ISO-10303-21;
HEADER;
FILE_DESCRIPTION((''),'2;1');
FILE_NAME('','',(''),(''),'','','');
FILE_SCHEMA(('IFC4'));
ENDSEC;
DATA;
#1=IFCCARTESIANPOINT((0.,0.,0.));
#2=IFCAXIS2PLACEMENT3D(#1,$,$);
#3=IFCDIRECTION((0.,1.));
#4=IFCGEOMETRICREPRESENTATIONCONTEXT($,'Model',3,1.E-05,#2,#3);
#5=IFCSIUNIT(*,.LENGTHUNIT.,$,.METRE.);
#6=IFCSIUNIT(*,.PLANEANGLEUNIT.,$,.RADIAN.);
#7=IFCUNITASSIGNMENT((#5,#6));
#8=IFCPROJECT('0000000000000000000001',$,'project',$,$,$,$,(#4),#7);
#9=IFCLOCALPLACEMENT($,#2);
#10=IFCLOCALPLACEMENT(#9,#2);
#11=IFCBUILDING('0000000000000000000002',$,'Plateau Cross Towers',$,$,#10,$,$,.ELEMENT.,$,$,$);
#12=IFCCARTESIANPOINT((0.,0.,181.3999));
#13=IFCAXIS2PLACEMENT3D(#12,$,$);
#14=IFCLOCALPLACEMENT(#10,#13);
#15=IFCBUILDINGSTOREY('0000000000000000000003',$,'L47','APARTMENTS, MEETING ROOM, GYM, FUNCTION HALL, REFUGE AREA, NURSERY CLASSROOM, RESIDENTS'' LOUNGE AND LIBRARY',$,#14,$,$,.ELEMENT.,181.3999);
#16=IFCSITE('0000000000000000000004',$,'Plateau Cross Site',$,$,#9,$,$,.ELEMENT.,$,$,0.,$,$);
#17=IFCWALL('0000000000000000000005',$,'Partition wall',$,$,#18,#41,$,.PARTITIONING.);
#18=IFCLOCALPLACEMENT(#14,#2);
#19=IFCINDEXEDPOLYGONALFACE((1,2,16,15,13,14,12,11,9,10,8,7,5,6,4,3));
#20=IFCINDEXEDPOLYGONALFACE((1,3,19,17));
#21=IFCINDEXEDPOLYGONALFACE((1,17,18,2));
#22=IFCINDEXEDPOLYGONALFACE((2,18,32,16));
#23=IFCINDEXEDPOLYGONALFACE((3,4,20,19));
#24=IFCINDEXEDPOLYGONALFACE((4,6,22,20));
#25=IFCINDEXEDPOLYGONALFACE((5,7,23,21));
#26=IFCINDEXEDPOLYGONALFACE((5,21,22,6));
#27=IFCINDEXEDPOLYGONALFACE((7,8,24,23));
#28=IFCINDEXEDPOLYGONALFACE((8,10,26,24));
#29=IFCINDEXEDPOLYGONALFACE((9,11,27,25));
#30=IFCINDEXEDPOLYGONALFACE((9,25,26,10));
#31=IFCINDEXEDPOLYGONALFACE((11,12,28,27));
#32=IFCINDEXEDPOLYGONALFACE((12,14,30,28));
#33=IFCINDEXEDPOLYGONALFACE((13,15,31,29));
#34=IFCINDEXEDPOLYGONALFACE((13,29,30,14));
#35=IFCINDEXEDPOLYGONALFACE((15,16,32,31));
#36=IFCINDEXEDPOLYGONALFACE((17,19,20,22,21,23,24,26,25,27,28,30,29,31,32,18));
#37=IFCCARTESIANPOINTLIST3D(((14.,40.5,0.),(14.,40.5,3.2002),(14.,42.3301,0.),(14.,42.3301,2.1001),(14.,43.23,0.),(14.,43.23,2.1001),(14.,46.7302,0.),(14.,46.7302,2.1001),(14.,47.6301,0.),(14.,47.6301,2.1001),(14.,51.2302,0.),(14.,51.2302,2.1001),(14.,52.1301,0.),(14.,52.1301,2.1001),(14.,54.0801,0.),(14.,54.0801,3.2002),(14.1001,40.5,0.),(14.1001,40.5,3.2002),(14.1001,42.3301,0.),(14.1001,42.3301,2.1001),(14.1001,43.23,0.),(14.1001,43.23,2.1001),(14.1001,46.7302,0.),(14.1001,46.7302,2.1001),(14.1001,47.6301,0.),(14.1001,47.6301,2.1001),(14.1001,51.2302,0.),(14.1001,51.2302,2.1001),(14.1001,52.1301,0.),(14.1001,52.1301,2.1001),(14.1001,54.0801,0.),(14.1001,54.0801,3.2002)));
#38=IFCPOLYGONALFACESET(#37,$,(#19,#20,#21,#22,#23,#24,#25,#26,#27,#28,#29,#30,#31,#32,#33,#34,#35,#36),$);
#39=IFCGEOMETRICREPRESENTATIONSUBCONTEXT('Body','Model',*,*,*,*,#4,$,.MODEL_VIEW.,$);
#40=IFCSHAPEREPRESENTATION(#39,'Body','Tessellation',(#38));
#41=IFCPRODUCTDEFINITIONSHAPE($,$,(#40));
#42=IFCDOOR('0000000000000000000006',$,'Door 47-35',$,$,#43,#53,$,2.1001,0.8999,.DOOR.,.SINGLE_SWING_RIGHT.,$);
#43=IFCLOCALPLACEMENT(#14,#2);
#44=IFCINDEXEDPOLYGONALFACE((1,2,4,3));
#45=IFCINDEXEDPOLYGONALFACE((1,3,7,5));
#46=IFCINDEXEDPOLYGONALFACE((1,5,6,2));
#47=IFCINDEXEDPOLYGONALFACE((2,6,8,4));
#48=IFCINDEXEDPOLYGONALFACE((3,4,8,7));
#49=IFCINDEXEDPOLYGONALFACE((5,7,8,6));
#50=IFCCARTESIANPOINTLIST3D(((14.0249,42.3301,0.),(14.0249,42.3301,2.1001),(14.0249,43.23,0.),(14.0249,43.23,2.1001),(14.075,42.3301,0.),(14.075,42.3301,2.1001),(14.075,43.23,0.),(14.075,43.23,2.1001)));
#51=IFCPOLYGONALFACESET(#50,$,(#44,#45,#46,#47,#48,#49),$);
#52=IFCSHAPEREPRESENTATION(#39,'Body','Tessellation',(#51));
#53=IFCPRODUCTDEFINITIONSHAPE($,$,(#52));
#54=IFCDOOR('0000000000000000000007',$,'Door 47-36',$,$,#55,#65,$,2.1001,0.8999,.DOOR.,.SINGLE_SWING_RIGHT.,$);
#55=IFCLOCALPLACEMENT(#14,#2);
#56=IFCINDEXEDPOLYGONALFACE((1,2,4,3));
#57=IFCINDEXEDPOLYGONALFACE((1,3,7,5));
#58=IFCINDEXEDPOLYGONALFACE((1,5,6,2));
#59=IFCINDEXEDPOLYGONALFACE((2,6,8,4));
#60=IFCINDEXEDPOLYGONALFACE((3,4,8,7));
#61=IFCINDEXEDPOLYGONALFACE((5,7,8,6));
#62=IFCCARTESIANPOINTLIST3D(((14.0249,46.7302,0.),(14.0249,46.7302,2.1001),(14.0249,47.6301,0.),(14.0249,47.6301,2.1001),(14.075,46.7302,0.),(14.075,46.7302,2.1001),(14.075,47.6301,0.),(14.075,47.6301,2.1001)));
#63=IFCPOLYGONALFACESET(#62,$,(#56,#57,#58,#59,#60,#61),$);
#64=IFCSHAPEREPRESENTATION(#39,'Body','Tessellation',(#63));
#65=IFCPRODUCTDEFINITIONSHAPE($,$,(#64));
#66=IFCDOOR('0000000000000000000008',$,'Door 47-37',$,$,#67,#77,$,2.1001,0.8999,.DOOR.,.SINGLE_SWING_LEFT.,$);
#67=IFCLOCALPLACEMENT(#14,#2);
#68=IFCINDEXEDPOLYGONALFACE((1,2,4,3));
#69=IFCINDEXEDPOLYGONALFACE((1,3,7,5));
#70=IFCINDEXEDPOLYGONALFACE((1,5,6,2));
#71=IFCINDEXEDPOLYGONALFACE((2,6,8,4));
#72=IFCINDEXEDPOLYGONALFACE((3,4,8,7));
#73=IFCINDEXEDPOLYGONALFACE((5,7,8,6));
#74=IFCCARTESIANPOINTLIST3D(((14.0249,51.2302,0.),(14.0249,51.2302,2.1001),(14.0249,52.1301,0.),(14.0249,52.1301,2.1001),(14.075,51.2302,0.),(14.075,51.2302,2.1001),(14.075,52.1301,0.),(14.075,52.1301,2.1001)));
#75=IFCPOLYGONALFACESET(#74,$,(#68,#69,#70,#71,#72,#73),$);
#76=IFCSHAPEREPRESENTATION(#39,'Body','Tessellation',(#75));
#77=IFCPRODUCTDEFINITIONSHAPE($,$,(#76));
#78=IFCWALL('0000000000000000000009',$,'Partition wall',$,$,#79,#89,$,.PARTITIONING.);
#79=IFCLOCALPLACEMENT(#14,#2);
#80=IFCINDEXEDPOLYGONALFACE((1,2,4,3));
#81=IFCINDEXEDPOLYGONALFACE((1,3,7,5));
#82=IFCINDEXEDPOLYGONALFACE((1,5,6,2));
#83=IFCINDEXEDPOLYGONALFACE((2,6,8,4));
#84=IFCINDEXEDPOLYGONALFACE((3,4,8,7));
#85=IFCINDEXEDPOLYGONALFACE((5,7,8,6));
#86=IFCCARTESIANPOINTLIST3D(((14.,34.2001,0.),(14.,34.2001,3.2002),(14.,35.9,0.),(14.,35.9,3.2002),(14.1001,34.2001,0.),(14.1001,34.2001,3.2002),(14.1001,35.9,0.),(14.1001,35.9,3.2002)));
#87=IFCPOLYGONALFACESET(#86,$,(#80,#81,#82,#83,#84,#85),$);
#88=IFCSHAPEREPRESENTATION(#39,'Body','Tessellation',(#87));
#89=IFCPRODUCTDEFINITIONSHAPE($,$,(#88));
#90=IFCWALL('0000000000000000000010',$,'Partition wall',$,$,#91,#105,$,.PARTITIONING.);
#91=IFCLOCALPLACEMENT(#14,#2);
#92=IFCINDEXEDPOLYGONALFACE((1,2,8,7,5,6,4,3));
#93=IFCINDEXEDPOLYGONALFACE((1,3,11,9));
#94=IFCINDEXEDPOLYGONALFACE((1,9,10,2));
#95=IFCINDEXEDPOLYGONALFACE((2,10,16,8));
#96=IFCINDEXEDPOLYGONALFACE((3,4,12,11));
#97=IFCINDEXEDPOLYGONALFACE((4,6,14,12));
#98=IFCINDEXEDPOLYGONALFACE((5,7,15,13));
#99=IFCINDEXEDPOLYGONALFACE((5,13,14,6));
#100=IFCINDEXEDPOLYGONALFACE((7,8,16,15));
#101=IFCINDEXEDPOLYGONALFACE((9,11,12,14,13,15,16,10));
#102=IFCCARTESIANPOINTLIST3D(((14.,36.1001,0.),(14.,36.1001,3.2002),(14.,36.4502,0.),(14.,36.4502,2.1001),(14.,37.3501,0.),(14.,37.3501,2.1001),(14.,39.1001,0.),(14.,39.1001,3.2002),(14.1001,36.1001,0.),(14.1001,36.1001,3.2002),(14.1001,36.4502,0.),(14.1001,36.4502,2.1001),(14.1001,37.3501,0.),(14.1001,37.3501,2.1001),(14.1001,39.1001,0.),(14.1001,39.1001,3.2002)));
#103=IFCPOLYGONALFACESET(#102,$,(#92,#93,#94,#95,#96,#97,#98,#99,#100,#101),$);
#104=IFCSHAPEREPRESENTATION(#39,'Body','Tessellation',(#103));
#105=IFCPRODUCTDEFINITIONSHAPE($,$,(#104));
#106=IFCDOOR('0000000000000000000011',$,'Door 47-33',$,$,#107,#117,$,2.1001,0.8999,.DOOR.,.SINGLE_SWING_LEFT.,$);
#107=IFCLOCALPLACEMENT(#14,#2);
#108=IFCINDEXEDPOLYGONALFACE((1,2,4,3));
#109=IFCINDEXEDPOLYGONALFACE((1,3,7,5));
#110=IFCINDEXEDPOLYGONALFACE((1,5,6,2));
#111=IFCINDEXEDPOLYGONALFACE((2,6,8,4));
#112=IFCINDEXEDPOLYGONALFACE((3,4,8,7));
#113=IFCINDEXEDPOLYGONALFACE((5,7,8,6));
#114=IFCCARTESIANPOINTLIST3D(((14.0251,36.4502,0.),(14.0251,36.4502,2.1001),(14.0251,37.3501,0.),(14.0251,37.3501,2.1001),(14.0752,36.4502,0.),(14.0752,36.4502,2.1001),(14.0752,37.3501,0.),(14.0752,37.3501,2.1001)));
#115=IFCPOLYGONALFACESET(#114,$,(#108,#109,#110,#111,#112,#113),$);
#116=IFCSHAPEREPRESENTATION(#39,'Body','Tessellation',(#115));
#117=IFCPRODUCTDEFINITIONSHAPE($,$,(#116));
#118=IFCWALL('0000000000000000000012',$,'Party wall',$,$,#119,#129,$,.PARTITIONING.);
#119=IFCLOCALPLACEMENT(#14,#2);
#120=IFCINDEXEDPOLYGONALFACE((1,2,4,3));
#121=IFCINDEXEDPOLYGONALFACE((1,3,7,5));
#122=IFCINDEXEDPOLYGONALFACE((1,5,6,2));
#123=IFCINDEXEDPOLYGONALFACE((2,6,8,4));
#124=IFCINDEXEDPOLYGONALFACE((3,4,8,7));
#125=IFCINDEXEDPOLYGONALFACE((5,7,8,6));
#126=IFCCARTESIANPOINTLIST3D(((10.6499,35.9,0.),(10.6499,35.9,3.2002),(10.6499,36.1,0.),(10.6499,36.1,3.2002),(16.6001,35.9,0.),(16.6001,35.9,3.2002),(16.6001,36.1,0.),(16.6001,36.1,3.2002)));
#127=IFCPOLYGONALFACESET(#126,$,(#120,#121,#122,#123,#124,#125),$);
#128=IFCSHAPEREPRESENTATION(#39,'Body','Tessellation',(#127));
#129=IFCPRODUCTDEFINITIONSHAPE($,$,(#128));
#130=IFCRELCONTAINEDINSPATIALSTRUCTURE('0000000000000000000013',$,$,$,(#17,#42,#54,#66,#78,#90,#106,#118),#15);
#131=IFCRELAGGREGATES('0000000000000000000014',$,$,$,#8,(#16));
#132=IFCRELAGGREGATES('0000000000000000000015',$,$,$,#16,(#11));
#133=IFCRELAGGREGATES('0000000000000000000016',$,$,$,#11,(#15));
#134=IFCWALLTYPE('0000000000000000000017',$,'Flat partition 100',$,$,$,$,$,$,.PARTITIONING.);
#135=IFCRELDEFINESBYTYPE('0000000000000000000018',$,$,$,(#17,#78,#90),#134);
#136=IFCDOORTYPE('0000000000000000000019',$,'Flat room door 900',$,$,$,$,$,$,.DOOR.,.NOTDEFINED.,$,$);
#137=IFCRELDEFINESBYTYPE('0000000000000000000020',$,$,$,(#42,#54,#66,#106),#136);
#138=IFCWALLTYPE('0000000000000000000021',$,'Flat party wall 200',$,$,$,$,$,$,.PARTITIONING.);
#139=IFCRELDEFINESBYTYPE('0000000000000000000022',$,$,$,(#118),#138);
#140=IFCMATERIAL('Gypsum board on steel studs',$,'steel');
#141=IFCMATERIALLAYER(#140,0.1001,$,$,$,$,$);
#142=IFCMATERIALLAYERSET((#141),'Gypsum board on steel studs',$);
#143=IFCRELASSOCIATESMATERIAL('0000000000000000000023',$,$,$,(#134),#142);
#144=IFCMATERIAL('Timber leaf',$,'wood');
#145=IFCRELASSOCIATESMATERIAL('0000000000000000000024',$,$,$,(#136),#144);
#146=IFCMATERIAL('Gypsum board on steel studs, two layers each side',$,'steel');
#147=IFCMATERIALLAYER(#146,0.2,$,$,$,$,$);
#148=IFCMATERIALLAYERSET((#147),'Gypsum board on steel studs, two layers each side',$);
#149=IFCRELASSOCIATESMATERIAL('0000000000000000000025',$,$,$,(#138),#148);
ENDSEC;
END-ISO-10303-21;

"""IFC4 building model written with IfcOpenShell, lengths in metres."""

from ifc_helpers import new_model, si_unit, direction, frame, frame_2d, origin, place, context, subcontext, project, spatial, rectangle, extrude, material, layer, layer_set, type_object, element, fill, save


model = new_model("IFC4")

# Units and contexts
model_context = context("Model", 3, precision=1e-05, world=origin(), true_north=direction((0.0, 1.0)))
body_context = subcontext(model_context, "Body", "Model", "MODEL_VIEW")
ifc_project = project(units=[si_unit("LENGTHUNIT", "METRE"), si_unit("PLANEANGLEUNIT", "RADIAN")], contexts=[model_context])

# Site, building, storey
site_placement = place(None, origin())
site = spatial("IfcSite", under=ifc_project, at=site_placement, Name="Plateau Cross Site", CompositionType="ELEMENT", RefElevation=0.0)
building_placement = place(site_placement, origin())
building = spatial("IfcBuilding", under=site, at=building_placement, Name="Plateau Cross Towers", CompositionType="ELEMENT")
storey_placement = place(building_placement, frame((0.0, 0.0, 181.3999)))
storey = spatial("IfcBuildingStorey", under=building, at=storey_placement, Name="L47", Description="APARTMENTS, MEETING ROOM, GYM, FUNCTION HALL, REFUGE AREA, NURSERY CLASSROOM, RESIDENTS' LOUNGE AND LIBRARY", CompositionType="ELEMENT", Elevation=181.3999)

# Shared definitions
ifc_material_1 = material(Name="Gypsum board on steel studs", Category="steel")
ifc_layer_1 = layer(ifc_material_1, 0.1001)
ifc_layer_set_1 = layer_set([ifc_layer_1], Name="Gypsum board on steel studs")
wall_type_1 = type_object("IfcWallType", Name="Flat partition 100", PredefinedType="PARTITIONING", material=ifc_layer_set_1)

# Wall, openings, doors
wall_1_placement = place(storey_placement, frame((14.05, 54.0801, 0.0), z_axis=(0.0, 0.0, 1.0), x_axis=(0.0, -1.0, 0.0)))
wall_1 = element("IfcWall", 1, at=wall_1_placement, inside=storey, type_object=wall_type_1, Name="Partition wall", PredefinedType="PARTITIONING", context=body_context, shape_type="SweptSolid", body=[
    extrude(rectangle(XDim=13.5801, YDim=0.1001, at=frame_2d((6.79, 0.0))), origin(), (0.0, 0.0, 1.0), 3.2002),
])
opening_1_placement = place(wall_1_placement, frame((10.8501, 0.0, 0.0)))
opening_1 = element("IfcOpeningElement", 2, at=opening_1_placement, cuts=wall_1, PredefinedType="OPENING", context=body_context, shape_type="SweptSolid", body=[
    extrude(rectangle(XDim=0.8999, YDim=2.1001, at=frame_2d((0.45, 1.05))), frame((0.0, 0.0601, 0.0), z_axis=(0.0, -1.0, 0.0), x_axis=(1.0, 0.0, 0.0)), (0.0, 0.0, 1.0), 0.1201),
])
opening_2_placement = place(wall_1_placement, frame((6.45, 0.0, 0.0)))
opening_2 = element("IfcOpeningElement", 3, at=opening_2_placement, cuts=wall_1, PredefinedType="OPENING", context=body_context, shape_type="SweptSolid", body=[
    extrude(rectangle(XDim=0.8999, YDim=2.1001, at=frame_2d((0.45, 1.05))), frame((0.0, 0.0601, 0.0), z_axis=(0.0, -1.0, 0.0), x_axis=(1.0, 0.0, 0.0)), (0.0, 0.0, 1.0), 0.1201),
])
opening_3_placement = place(wall_1_placement, frame((1.95, 0.0, 0.0)))
opening_3 = element("IfcOpeningElement", 4, at=opening_3_placement, cuts=wall_1, PredefinedType="OPENING", context=body_context, shape_type="SweptSolid", body=[
    extrude(rectangle(XDim=0.8999, YDim=2.1001, at=frame_2d((0.45, 1.05))), frame((0.0, 0.0601, 0.0), z_axis=(0.0, -1.0, 0.0), x_axis=(1.0, 0.0, 0.0)), (0.0, 0.0, 1.0), 0.1201),
])
ifc_material_2 = material(Name="Timber leaf", Category="wood")
door_type_1 = type_object("IfcDoorType", Name="Flat room door 900", OperationType="NOTDEFINED", PredefinedType="DOOR", material=ifc_material_2)
door_1_placement = place(opening_1_placement, origin())
door_1 = element("IfcDoor", 5, at=door_1_placement, inside=storey, type_object=door_type_1, Name="Door 47-35", OperationType="SINGLE_SWING_RIGHT", OverallHeight=2.1001, OverallWidth=0.8999, PredefinedType="DOOR", context=body_context, shape_type="SweptSolid", body=[
    extrude(rectangle(XDim=0.8999, YDim=2.1001, at=frame_2d((0.45, 1.05))), frame((0.0, 0.0249, 0.0), z_axis=(0.0, -1.0, 0.0), x_axis=(1.0, 0.0, 0.0)), (0.0, 0.0, 1.0), 0.05),
])
fill(opening_1, door_1)
door_2_placement = place(opening_2_placement, origin())
door_2 = element("IfcDoor", 6, at=door_2_placement, inside=storey, type_object=door_type_1, Name="Door 47-36", OperationType="SINGLE_SWING_RIGHT", OverallHeight=2.1001, OverallWidth=0.8999, PredefinedType="DOOR", context=body_context, shape_type="SweptSolid", body=[
    extrude(rectangle(XDim=0.8999, YDim=2.1001, at=frame_2d((0.45, 1.05))), frame((0.0, 0.0249, 0.0), z_axis=(0.0, -1.0, 0.0), x_axis=(1.0, 0.0, 0.0)), (0.0, 0.0, 1.0), 0.05),
])
fill(opening_2, door_2)
door_3_placement = place(opening_3_placement, origin())
door_3 = element("IfcDoor", 7, at=door_3_placement, inside=storey, type_object=door_type_1, Name="Door 47-37", OperationType="SINGLE_SWING_LEFT", OverallHeight=2.1001, OverallWidth=0.8999, PredefinedType="DOOR", context=body_context, shape_type="SweptSolid", body=[
    extrude(rectangle(XDim=0.8999, YDim=2.1001, at=frame_2d((0.45, 1.05))), frame((0.0, 0.0249, 0.0), z_axis=(0.0, -1.0, 0.0), x_axis=(1.0, 0.0, 0.0)), (0.0, 0.0, 1.0), 0.05),
])
fill(opening_3, door_3)

# Wall
wall_2_placement = place(storey_placement, frame((14.05, 34.2, 0.0), z_axis=(0.0, 0.0, 1.0), x_axis=(0.0, 1.0, 0.0)))
element("IfcWall", 8, at=wall_2_placement, inside=storey, type_object=wall_type_1, Name="Partition wall", PredefinedType="PARTITIONING", context=body_context, shape_type="SweptSolid", body=[
    extrude(rectangle(XDim=1.7, YDim=0.1001, at=frame_2d((0.8501, 0.0))), origin(), (0.0, 0.0, 1.0), 3.2002),
])

# Wall, opening, door
wall_3_placement = place(storey_placement, frame((14.05, 36.1001, 0.0), z_axis=(0.0, 0.0, 1.0), x_axis=(0.0, 1.0, 0.0)))
wall_3 = element("IfcWall", 9, at=wall_3_placement, inside=storey, type_object=wall_type_1, Name="Partition wall", PredefinedType="PARTITIONING", context=body_context, shape_type="SweptSolid", body=[
    extrude(rectangle(XDim=3.0, YDim=0.1001, at=frame_2d((1.5, 0.0))), origin(), (0.0, 0.0, 1.0), 3.2002),
])
opening_4_placement = place(wall_3_placement, frame((0.3501, 0.0, 0.0)))
opening_4 = element("IfcOpeningElement", 10, at=opening_4_placement, cuts=wall_3, PredefinedType="OPENING", context=body_context, shape_type="SweptSolid", body=[
    extrude(rectangle(XDim=0.8999, YDim=2.1001, at=frame_2d((0.45, 1.05))), frame((0.0, 0.0601, 0.0), z_axis=(0.0, -1.0, 0.0), x_axis=(1.0, 0.0, 0.0)), (0.0, 0.0, 1.0), 0.1201),
])
door_4_placement = place(opening_4_placement, origin())
door_4 = element("IfcDoor", 11, at=door_4_placement, inside=storey, type_object=door_type_1, Name="Door 47-33", OperationType="SINGLE_SWING_LEFT", OverallHeight=2.1001, OverallWidth=0.8999, PredefinedType="DOOR", context=body_context, shape_type="SweptSolid", body=[
    extrude(rectangle(XDim=0.8999, YDim=2.1001, at=frame_2d((0.45, 1.05))), frame((0.0, 0.0249, 0.0), z_axis=(0.0, -1.0, 0.0), x_axis=(1.0, 0.0, 0.0)), (0.0, 0.0, 1.0), 0.05),
])
fill(opening_4, door_4)

# Wall
ifc_material_3 = material(Name="Gypsum board on steel studs, two layers each side", Category="steel")
ifc_layer_2 = layer(ifc_material_3, 0.2)
ifc_layer_set_2 = layer_set([ifc_layer_2], Name="Gypsum board on steel studs, two layers each side")
wall_type_2 = type_object("IfcWallType", Name="Flat party wall 200", PredefinedType="PARTITIONING", material=ifc_layer_set_2)
wall_4_placement = place(storey_placement, frame((16.6001, 36.0, 0.0), z_axis=(0.0, 0.0, 1.0), x_axis=(-1.0, 0.0, 0.0)))
element("IfcWall", 12, at=wall_4_placement, inside=storey, type_object=wall_type_2, Name="Party wall", PredefinedType="PARTITIONING", context=body_context, shape_type="SweptSolid", body=[
    extrude(rectangle(XDim=5.9502, YDim=0.2, at=frame_2d((2.9751, 0.0))), origin(), (0.0, 0.0, 1.0), 3.2002),
])

save(model, "model.ifc")
